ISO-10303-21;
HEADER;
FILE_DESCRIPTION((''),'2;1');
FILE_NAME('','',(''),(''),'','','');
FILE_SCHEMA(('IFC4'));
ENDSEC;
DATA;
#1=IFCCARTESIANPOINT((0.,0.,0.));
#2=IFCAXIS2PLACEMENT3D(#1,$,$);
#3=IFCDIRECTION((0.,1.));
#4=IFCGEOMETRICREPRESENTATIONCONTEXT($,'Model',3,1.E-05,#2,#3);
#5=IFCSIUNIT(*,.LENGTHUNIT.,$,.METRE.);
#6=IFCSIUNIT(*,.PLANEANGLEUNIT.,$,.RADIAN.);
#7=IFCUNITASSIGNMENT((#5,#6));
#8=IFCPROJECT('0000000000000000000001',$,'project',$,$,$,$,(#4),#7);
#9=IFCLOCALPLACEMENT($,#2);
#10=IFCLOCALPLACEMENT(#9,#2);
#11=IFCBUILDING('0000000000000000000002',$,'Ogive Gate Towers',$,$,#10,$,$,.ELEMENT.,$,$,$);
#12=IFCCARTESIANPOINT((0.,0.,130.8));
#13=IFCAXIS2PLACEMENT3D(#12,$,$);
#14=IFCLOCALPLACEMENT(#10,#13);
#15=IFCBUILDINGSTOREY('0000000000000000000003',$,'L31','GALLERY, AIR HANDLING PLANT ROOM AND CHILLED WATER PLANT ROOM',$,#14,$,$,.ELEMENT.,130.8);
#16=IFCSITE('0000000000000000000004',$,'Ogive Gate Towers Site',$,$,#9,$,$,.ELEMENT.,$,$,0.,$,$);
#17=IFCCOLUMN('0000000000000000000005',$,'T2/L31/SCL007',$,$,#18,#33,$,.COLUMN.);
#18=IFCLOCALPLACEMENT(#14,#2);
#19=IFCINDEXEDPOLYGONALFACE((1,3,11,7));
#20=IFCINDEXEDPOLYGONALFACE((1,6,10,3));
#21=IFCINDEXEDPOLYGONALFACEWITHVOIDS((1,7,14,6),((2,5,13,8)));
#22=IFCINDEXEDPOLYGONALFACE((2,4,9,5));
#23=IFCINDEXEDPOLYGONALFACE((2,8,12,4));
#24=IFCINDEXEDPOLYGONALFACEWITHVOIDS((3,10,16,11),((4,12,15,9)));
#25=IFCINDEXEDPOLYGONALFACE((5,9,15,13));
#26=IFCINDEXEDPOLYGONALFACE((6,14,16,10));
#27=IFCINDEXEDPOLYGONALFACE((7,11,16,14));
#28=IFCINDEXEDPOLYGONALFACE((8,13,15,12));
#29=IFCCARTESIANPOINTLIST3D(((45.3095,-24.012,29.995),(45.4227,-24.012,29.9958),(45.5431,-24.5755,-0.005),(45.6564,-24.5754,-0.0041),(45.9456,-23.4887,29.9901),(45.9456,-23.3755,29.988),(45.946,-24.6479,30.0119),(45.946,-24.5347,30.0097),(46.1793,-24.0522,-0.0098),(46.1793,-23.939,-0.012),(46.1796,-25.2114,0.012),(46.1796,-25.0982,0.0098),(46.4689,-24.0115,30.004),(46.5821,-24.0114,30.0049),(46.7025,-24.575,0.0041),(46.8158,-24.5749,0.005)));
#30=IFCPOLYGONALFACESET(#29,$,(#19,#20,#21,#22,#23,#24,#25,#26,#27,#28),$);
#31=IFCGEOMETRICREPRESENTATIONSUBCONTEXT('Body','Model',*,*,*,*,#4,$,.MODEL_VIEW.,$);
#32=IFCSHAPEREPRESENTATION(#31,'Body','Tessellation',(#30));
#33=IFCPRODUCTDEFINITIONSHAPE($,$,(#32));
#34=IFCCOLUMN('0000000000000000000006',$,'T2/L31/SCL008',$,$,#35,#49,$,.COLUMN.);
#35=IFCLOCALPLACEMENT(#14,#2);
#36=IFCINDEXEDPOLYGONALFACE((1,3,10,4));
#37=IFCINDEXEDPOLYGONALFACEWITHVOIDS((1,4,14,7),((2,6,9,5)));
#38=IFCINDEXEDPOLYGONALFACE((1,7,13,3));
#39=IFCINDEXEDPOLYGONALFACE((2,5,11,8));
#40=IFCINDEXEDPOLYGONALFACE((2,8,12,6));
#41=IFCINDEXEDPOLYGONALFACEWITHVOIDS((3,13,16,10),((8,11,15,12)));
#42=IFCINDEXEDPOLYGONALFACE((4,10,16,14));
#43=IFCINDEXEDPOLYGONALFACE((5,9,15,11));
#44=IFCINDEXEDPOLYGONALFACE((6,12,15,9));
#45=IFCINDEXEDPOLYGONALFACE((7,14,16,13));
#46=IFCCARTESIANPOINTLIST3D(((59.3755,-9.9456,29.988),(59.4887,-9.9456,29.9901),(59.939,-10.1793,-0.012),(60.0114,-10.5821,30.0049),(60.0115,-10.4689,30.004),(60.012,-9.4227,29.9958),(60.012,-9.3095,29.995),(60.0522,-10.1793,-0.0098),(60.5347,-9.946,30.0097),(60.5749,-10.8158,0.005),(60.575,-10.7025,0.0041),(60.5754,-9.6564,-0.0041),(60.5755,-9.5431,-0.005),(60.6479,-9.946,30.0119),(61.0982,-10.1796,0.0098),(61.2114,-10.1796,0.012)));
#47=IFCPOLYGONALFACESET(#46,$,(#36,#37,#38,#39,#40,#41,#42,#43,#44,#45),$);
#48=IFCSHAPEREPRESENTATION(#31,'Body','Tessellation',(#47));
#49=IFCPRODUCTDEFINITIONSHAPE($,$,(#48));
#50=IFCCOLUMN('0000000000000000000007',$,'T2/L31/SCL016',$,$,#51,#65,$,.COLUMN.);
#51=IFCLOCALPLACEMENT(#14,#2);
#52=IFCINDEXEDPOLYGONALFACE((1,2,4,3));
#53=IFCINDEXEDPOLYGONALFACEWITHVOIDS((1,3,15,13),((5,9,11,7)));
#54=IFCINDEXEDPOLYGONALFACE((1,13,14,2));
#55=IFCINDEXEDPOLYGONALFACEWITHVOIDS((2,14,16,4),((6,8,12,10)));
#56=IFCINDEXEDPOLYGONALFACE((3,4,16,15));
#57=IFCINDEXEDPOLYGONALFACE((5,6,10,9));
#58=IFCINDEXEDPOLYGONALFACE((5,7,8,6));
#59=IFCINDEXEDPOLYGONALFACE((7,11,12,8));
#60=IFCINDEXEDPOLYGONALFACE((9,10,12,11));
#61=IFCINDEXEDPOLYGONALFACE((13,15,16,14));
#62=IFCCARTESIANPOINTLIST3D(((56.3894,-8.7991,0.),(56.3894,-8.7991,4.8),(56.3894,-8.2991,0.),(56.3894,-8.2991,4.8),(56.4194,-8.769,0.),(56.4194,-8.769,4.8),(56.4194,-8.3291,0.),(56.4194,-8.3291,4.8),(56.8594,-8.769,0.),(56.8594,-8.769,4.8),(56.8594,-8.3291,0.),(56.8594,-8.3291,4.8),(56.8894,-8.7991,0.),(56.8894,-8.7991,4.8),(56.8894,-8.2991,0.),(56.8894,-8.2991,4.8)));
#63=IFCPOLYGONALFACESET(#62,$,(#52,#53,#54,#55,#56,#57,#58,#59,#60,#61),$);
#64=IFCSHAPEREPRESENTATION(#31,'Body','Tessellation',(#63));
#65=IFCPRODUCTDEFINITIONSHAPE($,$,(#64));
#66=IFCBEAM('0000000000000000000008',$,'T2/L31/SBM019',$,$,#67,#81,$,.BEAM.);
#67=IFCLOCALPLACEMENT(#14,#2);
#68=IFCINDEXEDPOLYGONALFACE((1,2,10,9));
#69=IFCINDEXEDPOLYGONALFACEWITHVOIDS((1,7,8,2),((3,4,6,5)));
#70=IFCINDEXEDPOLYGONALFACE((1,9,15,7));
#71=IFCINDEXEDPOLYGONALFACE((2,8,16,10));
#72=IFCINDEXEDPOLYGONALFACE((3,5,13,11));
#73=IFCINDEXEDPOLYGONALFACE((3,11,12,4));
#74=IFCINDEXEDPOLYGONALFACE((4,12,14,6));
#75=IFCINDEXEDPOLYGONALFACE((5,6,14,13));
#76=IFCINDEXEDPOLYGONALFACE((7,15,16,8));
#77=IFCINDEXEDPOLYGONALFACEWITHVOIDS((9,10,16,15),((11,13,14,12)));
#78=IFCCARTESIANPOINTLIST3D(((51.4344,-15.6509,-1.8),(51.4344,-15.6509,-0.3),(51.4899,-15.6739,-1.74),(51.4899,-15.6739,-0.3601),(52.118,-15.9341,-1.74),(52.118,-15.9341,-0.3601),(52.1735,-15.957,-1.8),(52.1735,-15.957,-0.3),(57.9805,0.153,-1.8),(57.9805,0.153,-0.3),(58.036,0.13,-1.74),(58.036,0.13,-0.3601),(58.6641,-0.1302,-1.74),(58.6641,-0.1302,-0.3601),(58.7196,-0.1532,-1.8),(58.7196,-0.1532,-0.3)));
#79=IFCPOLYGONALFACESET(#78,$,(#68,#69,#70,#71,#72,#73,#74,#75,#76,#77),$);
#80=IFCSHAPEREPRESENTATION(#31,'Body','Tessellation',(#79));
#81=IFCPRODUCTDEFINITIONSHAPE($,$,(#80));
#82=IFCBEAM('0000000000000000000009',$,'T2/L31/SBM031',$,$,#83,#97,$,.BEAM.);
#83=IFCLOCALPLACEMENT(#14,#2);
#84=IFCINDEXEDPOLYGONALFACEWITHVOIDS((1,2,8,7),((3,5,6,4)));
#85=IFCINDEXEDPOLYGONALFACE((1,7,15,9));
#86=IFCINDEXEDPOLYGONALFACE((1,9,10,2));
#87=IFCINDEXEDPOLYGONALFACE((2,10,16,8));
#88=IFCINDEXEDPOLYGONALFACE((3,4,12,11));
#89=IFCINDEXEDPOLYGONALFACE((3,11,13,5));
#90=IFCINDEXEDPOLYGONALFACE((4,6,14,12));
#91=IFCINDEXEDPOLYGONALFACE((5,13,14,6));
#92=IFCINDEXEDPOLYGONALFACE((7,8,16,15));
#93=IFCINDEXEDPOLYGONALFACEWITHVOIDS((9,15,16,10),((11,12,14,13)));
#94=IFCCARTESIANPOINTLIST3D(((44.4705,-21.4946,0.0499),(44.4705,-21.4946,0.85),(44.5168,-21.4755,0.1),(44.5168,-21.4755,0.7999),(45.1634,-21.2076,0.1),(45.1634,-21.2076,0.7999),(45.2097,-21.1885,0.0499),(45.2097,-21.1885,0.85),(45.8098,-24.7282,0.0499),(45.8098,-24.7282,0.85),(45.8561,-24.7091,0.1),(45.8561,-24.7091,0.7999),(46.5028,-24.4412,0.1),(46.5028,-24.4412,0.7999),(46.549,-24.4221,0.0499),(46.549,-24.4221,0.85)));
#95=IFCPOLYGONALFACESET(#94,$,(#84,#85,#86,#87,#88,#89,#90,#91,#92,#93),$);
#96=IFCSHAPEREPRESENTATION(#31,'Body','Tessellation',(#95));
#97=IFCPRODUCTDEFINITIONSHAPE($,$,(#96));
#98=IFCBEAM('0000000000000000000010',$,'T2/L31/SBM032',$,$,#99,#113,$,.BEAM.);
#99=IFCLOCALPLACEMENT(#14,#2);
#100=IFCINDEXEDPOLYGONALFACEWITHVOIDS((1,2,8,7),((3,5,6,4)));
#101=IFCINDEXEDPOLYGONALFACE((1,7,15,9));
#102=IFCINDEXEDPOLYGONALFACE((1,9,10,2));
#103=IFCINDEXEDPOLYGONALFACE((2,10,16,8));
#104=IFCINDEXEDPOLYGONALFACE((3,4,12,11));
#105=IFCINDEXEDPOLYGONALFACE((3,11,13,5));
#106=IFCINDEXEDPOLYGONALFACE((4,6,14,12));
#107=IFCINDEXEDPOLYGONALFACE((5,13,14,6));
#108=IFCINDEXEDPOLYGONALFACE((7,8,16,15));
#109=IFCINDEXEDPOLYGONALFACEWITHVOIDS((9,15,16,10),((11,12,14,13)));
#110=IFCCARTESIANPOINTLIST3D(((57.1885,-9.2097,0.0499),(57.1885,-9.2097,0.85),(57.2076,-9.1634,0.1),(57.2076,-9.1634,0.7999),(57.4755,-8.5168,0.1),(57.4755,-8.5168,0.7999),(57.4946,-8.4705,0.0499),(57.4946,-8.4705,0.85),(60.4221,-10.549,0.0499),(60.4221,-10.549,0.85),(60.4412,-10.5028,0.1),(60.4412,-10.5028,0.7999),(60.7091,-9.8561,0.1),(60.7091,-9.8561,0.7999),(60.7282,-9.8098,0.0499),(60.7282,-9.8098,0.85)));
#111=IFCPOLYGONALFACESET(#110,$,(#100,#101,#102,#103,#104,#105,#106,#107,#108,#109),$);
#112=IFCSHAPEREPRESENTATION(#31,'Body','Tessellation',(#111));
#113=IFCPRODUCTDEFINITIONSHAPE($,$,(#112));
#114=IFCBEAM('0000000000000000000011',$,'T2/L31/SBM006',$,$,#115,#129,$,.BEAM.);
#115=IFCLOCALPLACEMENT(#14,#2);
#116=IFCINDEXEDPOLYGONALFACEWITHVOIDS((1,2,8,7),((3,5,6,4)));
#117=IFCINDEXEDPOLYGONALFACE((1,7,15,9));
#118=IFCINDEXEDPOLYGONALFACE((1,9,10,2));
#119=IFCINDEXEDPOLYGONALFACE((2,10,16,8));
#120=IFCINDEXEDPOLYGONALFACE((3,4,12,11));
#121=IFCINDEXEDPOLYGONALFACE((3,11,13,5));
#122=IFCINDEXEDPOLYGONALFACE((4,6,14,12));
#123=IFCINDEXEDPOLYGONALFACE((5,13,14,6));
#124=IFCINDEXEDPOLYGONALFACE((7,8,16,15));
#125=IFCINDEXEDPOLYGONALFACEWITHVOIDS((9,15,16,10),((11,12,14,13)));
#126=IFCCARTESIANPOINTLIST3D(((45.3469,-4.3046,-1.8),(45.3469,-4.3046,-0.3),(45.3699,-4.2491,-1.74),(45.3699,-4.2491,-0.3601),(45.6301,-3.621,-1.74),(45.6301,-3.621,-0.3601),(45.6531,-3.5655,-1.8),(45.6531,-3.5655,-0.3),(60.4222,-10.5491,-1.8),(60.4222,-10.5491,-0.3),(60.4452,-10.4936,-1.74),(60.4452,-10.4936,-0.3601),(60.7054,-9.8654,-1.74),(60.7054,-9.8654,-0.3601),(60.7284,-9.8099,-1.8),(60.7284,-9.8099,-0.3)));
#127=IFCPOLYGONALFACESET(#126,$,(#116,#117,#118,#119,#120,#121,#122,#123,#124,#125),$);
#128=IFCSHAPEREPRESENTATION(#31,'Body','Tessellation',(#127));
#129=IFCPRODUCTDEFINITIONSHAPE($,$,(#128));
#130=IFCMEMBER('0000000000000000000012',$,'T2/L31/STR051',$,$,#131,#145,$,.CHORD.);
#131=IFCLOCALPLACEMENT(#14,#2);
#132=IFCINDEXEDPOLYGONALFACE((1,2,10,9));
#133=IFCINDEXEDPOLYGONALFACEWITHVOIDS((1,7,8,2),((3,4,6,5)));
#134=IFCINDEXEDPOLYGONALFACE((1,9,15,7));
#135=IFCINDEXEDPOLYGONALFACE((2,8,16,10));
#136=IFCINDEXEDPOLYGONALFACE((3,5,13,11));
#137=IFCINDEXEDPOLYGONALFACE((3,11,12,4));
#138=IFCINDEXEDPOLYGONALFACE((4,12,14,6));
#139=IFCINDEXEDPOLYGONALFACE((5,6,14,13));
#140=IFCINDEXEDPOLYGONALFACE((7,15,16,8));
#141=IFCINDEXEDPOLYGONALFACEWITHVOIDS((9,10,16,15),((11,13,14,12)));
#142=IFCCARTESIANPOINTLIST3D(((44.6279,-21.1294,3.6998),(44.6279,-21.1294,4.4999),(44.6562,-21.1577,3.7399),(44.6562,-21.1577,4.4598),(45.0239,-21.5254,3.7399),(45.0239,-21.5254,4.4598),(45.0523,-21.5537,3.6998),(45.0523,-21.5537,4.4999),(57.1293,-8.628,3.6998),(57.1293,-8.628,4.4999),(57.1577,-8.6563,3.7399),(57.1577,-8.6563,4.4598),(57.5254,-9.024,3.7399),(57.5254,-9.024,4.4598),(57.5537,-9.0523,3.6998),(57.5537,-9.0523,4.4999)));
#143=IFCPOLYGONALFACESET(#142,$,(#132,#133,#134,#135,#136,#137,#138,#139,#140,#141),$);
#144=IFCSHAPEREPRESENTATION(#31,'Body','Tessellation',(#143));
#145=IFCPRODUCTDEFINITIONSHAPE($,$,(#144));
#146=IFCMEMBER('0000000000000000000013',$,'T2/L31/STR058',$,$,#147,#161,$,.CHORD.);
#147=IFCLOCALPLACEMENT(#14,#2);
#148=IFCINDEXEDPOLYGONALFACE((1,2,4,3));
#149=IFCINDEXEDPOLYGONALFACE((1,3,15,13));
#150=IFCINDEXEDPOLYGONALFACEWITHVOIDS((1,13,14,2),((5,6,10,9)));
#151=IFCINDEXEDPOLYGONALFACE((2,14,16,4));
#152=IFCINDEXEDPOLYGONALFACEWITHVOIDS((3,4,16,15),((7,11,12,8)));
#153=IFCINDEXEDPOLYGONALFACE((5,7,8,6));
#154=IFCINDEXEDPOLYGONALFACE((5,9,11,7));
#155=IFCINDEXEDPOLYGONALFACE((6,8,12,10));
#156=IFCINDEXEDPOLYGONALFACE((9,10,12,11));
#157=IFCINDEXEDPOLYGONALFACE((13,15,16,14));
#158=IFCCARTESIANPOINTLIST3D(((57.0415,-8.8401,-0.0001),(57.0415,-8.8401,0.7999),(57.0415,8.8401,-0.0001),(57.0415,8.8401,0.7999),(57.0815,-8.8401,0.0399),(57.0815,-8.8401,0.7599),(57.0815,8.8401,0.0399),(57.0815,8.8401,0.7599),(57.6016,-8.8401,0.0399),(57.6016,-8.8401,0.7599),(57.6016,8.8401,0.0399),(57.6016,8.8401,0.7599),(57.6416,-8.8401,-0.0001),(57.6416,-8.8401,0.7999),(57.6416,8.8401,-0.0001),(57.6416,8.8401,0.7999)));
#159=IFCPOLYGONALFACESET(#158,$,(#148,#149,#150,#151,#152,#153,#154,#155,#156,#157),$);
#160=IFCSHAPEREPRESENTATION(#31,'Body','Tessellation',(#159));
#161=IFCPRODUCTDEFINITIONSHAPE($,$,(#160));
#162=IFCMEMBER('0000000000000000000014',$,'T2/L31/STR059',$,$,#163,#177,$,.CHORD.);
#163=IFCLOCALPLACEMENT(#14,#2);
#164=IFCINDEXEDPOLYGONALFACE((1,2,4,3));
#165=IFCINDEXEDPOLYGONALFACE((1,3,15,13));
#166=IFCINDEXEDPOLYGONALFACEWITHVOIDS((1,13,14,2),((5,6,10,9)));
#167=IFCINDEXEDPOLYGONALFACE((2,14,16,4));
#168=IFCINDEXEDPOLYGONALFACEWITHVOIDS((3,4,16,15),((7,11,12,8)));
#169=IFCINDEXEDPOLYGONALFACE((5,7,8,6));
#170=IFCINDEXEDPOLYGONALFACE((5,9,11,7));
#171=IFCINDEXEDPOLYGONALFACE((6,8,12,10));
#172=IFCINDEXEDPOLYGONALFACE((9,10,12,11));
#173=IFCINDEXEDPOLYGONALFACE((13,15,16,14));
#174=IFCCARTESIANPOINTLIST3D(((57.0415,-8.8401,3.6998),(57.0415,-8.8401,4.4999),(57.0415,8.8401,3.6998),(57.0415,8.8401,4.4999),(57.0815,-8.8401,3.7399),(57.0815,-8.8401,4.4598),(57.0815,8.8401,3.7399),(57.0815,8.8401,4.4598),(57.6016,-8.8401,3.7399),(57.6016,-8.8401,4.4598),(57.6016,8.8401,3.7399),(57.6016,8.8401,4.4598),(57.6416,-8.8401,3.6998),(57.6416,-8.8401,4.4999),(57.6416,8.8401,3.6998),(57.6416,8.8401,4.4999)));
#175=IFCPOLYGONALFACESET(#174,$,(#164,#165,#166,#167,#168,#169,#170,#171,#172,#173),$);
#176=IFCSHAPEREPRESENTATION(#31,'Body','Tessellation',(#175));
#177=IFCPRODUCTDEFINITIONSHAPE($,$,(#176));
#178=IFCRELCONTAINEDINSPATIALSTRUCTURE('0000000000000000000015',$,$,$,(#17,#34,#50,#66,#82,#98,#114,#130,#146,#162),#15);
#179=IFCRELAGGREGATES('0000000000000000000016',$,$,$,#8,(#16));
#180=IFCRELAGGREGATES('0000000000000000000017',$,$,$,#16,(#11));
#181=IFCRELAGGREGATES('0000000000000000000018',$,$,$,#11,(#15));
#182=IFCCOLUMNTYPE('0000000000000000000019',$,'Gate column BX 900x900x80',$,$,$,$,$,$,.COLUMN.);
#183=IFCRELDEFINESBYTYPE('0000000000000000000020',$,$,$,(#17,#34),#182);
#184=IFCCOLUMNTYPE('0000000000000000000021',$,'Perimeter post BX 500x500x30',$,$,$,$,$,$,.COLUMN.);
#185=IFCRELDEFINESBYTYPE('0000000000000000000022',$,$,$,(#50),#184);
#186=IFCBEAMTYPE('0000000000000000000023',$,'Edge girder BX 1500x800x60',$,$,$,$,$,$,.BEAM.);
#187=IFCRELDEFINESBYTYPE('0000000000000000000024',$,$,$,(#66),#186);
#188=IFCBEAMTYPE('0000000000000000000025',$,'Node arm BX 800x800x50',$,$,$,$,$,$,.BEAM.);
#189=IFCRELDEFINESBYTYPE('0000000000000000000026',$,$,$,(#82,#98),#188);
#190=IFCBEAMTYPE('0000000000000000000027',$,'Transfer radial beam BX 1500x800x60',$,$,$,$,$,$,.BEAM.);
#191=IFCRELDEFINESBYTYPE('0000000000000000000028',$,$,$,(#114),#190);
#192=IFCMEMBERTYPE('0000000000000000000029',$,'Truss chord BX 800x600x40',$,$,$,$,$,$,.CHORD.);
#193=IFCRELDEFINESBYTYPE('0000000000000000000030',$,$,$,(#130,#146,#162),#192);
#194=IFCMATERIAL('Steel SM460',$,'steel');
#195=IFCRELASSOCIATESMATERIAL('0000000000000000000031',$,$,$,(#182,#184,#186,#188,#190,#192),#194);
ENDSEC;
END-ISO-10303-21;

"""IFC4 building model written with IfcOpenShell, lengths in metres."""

from ifc_helpers import new_model, si_unit, direction, frame, origin, origin_2d, place, context, subcontext, project, spatial, hollow_rectangle, extrude, material, material_profile, profile_set, type_object, element, save


model = new_model("IFC4")

# Units and contexts
model_context = context("Model", 3, precision=1e-05, world=origin(), true_north=direction((0.0, 1.0)))
body_context = subcontext(model_context, "Body", "Model", "MODEL_VIEW")
ifc_project = project(units=[si_unit("LENGTHUNIT", "METRE"), si_unit("PLANEANGLEUNIT", "RADIAN")], contexts=[model_context])

# Site, building, storey
site_placement = place(None, origin())
site = spatial("IfcSite", under=ifc_project, at=site_placement, Name="Ogive Gate Towers Site", CompositionType="ELEMENT", RefElevation=0.0)
building_placement = place(site_placement, origin())
building = spatial("IfcBuilding", under=site, at=building_placement, Name="Ogive Gate Towers", CompositionType="ELEMENT")
storey_placement = place(building_placement, frame((0.0, 0.0, 130.8)))
storey = spatial("IfcBuildingStorey", under=building, at=storey_placement, Name="L31", Description="GALLERY, AIR HANDLING PLANT ROOM AND CHILLED WATER PLANT ROOM", CompositionType="ELEMENT", Elevation=130.8)

# Columns
ifc_material_1 = material(Name="Steel SM460", Category="steel")
ifc_material_profile_1 = material_profile(ifc_material_1, hollow_rectangle(XDim=0.8999, YDim=0.8999, WallThickness=0.0801, at=origin_2d()), Name="BX 900x900x80")
ifc_profile_set_1 = profile_set([ifc_material_profile_1], Name="Steel SM460")
column_type_1 = type_object("IfcColumnType", Name="Gate column BX 900x900x80", PredefinedType="COLUMN", material=ifc_profile_set_1)
for number, where, z_axis, x_axis, name in (
    (1, (46.1794, -24.5752, 0.0), (-0.007786, 0.018779, 0.999793), (-0.707294, 0.70667, -0.018782), "T2/L31/SCL007"),
    (2, (60.5752, -10.1794, 0.0), (-0.018779, 0.007786, 0.999793), (-0.707294, -0.706877, -0.00778), "T2/L31/SCL008"),
):
    element("IfcColumn", number, at=place(storey_placement, frame(where, z_axis=z_axis, x_axis=x_axis)), inside=storey, type_object=column_type_1, Name=name, PredefinedType="COLUMN", context=body_context, shape_type="SweptSolid", body=[
        extrude(hollow_rectangle(XDim=0.8999, YDim=0.8999, WallThickness=0.0801, at=origin_2d()), origin(), (0.0, 0.0, 1.0), 30.0061),
    ])
ifc_material_profile_2 = material_profile(ifc_material_1, hollow_rectangle(XDim=0.5, YDim=0.5, WallThickness=0.03, at=origin_2d()), Name="BX 500x500x30")
ifc_profile_set_2 = profile_set([ifc_material_profile_2], Name="Steel SM460")
column_type_2 = type_object("IfcColumnType", Name="Perimeter post BX 500x500x30", PredefinedType="COLUMN", material=ifc_profile_set_2)
column_placement = place(storey_placement, frame((56.6394, -8.5491, 0.0), z_axis=(0.0, 0.0, 1.0), x_axis=(1.0, 0.0, 0.0)))
element("IfcColumn", 3, at=column_placement, inside=storey, type_object=column_type_2, Name="T2/L31/SCL016", PredefinedType="COLUMN", context=body_context, shape_type="SweptSolid", body=[
    extrude(hollow_rectangle(XDim=0.5, YDim=0.5, WallThickness=0.03, at=origin_2d()), origin(), (0.0, 0.0, 1.0), 4.8),
])

# Beams
ifc_material_profile_3 = material_profile(ifc_material_1, hollow_rectangle(XDim=0.8, YDim=1.5, WallThickness=0.0601, at=origin_2d()), Name="BX 1500x800x60")
ifc_profile_set_3 = profile_set([ifc_material_profile_3], Name="Steel SM460")
beam_type_1 = type_object("IfcBeamType", Name="Edge girder BX 1500x800x60", PredefinedType="BEAM", material=ifc_profile_set_3)
beam_1_placement = place(storey_placement, frame((51.804, -15.804, -1.05), z_axis=(0.38268, 0.923881, 0.0), x_axis=(-0.923881, 0.38268, 0.0)))
element("IfcBeam", 4, at=beam_1_placement, inside=storey, type_object=beam_type_1, Name="T2/L31/SBM019", PredefinedType="BEAM", context=body_context, shape_type="SweptSolid", body=[
    extrude(hollow_rectangle(XDim=0.8, YDim=1.5, WallThickness=0.0601, at=origin_2d()), origin(), (0.0, 0.0, 1.0), 17.106),
])
ifc_material_profile_4 = material_profile(ifc_material_1, hollow_rectangle(XDim=0.8, YDim=0.8, WallThickness=0.05, at=origin_2d()), Name="BX 800x800x50")
ifc_profile_set_4 = profile_set([ifc_material_profile_4], Name="Steel SM460")
beam_type_2 = type_object("IfcBeamType", Name="Node arm BX 800x800x50", PredefinedType="BEAM", material=ifc_profile_set_4)
for number, where, z_axis, x_axis, name in (
    (5, (44.8401, -21.3416, 0.45), (0.382668, -0.923886, 0.0), (0.923886, 0.382668, 0.0), "T2/L31/SBM031"),
    (6, (57.3416, -8.8401, 0.45), (0.923886, -0.382668, 0.0), (0.382668, 0.923886, 0.0), "T2/L31/SBM032"),
):
    element("IfcBeam", number, at=place(storey_placement, frame(where, z_axis=z_axis, x_axis=x_axis)), inside=storey, type_object=beam_type_2, Name=name, PredefinedType="BEAM", context=body_context, shape_type="SweptSolid", body=[
        extrude(hollow_rectangle(XDim=0.8, YDim=0.8, WallThickness=0.05, at=origin_2d()), origin(), (0.0, 0.0, 1.0), 3.5),
    ])
ifc_material_profile_5 = material_profile(ifc_material_1, hollow_rectangle(XDim=0.8, YDim=1.5, WallThickness=0.0601, at=origin_2d()), Name="BX 1500x800x60")
ifc_profile_set_5 = profile_set([ifc_material_profile_5], Name="Steel SM460")
beam_type_3 = type_object("IfcBeamType", Name="Transfer radial beam BX 1500x800x60", PredefinedType="BEAM", material=ifc_profile_set_5)
beam_2_placement = place(storey_placement, frame((45.5, -3.9351, -1.05), z_axis=(0.923879, -0.382685, 0.0), x_axis=(0.382685, 0.923879, 0.0)))
element("IfcBeam", 7, at=beam_2_placement, inside=storey, type_object=beam_type_3, Name="T2/L31/SBM006", PredefinedType="BEAM", context=body_context, shape_type="SweptSolid", body=[
    extrude(hollow_rectangle(XDim=0.8, YDim=1.5, WallThickness=0.0601, at=origin_2d()), origin(), (0.0, 0.0, 1.0), 16.3174),
])

# Members
ifc_material_profile_6 = material_profile(ifc_material_1, hollow_rectangle(XDim=0.6001, YDim=0.8, WallThickness=0.04, at=origin_2d()), Name="BX 800x600x40")
ifc_profile_set_6 = profile_set([ifc_material_profile_6], Name="Steel SM460")
member_type_1 = type_object("IfcMemberType", Name="Truss chord BX 800x600x40", PredefinedType="CHORD", material=ifc_profile_set_6)
member_1_placement = place(storey_placement, frame((44.8401, -21.3416, 4.0999), z_axis=(0.707107, 0.707107, 0.0), x_axis=(-0.707107, 0.707107, 0.0)))
element("IfcMember", 8, at=member_1_placement, inside=storey, type_object=member_type_1, Name="T2/L31/STR051", PredefinedType="CHORD", context=body_context, shape_type="SweptSolid", body=[
    extrude(hollow_rectangle(XDim=0.6001, YDim=0.8, WallThickness=0.04, at=origin_2d()), origin(), (0.0, 0.0, 1.0), 17.6797),
])
for number, where, z_axis, x_axis, name in (
    (9, (57.3416, -8.8401, 0.3999), (0.0, 1.0, 0.0), (-1.0, 0.0, 0.0), "T2/L31/STR058"),
    (10, (57.3416, -8.8401, 4.0999), (0.0, 1.0, 0.0), (-1.0, 0.0, 0.0), "T2/L31/STR059"),
):
    element("IfcMember", number, at=place(storey_placement, frame(where, z_axis=z_axis, x_axis=x_axis)), inside=storey, type_object=member_type_1, Name=name, PredefinedType="CHORD", context=body_context, shape_type="SweptSolid", body=[
        extrude(hollow_rectangle(XDim=0.6001, YDim=0.8, WallThickness=0.04, at=origin_2d()), origin(), (0.0, 0.0, 1.0), 17.6802),
    ])

save(model, "model.ifc")
